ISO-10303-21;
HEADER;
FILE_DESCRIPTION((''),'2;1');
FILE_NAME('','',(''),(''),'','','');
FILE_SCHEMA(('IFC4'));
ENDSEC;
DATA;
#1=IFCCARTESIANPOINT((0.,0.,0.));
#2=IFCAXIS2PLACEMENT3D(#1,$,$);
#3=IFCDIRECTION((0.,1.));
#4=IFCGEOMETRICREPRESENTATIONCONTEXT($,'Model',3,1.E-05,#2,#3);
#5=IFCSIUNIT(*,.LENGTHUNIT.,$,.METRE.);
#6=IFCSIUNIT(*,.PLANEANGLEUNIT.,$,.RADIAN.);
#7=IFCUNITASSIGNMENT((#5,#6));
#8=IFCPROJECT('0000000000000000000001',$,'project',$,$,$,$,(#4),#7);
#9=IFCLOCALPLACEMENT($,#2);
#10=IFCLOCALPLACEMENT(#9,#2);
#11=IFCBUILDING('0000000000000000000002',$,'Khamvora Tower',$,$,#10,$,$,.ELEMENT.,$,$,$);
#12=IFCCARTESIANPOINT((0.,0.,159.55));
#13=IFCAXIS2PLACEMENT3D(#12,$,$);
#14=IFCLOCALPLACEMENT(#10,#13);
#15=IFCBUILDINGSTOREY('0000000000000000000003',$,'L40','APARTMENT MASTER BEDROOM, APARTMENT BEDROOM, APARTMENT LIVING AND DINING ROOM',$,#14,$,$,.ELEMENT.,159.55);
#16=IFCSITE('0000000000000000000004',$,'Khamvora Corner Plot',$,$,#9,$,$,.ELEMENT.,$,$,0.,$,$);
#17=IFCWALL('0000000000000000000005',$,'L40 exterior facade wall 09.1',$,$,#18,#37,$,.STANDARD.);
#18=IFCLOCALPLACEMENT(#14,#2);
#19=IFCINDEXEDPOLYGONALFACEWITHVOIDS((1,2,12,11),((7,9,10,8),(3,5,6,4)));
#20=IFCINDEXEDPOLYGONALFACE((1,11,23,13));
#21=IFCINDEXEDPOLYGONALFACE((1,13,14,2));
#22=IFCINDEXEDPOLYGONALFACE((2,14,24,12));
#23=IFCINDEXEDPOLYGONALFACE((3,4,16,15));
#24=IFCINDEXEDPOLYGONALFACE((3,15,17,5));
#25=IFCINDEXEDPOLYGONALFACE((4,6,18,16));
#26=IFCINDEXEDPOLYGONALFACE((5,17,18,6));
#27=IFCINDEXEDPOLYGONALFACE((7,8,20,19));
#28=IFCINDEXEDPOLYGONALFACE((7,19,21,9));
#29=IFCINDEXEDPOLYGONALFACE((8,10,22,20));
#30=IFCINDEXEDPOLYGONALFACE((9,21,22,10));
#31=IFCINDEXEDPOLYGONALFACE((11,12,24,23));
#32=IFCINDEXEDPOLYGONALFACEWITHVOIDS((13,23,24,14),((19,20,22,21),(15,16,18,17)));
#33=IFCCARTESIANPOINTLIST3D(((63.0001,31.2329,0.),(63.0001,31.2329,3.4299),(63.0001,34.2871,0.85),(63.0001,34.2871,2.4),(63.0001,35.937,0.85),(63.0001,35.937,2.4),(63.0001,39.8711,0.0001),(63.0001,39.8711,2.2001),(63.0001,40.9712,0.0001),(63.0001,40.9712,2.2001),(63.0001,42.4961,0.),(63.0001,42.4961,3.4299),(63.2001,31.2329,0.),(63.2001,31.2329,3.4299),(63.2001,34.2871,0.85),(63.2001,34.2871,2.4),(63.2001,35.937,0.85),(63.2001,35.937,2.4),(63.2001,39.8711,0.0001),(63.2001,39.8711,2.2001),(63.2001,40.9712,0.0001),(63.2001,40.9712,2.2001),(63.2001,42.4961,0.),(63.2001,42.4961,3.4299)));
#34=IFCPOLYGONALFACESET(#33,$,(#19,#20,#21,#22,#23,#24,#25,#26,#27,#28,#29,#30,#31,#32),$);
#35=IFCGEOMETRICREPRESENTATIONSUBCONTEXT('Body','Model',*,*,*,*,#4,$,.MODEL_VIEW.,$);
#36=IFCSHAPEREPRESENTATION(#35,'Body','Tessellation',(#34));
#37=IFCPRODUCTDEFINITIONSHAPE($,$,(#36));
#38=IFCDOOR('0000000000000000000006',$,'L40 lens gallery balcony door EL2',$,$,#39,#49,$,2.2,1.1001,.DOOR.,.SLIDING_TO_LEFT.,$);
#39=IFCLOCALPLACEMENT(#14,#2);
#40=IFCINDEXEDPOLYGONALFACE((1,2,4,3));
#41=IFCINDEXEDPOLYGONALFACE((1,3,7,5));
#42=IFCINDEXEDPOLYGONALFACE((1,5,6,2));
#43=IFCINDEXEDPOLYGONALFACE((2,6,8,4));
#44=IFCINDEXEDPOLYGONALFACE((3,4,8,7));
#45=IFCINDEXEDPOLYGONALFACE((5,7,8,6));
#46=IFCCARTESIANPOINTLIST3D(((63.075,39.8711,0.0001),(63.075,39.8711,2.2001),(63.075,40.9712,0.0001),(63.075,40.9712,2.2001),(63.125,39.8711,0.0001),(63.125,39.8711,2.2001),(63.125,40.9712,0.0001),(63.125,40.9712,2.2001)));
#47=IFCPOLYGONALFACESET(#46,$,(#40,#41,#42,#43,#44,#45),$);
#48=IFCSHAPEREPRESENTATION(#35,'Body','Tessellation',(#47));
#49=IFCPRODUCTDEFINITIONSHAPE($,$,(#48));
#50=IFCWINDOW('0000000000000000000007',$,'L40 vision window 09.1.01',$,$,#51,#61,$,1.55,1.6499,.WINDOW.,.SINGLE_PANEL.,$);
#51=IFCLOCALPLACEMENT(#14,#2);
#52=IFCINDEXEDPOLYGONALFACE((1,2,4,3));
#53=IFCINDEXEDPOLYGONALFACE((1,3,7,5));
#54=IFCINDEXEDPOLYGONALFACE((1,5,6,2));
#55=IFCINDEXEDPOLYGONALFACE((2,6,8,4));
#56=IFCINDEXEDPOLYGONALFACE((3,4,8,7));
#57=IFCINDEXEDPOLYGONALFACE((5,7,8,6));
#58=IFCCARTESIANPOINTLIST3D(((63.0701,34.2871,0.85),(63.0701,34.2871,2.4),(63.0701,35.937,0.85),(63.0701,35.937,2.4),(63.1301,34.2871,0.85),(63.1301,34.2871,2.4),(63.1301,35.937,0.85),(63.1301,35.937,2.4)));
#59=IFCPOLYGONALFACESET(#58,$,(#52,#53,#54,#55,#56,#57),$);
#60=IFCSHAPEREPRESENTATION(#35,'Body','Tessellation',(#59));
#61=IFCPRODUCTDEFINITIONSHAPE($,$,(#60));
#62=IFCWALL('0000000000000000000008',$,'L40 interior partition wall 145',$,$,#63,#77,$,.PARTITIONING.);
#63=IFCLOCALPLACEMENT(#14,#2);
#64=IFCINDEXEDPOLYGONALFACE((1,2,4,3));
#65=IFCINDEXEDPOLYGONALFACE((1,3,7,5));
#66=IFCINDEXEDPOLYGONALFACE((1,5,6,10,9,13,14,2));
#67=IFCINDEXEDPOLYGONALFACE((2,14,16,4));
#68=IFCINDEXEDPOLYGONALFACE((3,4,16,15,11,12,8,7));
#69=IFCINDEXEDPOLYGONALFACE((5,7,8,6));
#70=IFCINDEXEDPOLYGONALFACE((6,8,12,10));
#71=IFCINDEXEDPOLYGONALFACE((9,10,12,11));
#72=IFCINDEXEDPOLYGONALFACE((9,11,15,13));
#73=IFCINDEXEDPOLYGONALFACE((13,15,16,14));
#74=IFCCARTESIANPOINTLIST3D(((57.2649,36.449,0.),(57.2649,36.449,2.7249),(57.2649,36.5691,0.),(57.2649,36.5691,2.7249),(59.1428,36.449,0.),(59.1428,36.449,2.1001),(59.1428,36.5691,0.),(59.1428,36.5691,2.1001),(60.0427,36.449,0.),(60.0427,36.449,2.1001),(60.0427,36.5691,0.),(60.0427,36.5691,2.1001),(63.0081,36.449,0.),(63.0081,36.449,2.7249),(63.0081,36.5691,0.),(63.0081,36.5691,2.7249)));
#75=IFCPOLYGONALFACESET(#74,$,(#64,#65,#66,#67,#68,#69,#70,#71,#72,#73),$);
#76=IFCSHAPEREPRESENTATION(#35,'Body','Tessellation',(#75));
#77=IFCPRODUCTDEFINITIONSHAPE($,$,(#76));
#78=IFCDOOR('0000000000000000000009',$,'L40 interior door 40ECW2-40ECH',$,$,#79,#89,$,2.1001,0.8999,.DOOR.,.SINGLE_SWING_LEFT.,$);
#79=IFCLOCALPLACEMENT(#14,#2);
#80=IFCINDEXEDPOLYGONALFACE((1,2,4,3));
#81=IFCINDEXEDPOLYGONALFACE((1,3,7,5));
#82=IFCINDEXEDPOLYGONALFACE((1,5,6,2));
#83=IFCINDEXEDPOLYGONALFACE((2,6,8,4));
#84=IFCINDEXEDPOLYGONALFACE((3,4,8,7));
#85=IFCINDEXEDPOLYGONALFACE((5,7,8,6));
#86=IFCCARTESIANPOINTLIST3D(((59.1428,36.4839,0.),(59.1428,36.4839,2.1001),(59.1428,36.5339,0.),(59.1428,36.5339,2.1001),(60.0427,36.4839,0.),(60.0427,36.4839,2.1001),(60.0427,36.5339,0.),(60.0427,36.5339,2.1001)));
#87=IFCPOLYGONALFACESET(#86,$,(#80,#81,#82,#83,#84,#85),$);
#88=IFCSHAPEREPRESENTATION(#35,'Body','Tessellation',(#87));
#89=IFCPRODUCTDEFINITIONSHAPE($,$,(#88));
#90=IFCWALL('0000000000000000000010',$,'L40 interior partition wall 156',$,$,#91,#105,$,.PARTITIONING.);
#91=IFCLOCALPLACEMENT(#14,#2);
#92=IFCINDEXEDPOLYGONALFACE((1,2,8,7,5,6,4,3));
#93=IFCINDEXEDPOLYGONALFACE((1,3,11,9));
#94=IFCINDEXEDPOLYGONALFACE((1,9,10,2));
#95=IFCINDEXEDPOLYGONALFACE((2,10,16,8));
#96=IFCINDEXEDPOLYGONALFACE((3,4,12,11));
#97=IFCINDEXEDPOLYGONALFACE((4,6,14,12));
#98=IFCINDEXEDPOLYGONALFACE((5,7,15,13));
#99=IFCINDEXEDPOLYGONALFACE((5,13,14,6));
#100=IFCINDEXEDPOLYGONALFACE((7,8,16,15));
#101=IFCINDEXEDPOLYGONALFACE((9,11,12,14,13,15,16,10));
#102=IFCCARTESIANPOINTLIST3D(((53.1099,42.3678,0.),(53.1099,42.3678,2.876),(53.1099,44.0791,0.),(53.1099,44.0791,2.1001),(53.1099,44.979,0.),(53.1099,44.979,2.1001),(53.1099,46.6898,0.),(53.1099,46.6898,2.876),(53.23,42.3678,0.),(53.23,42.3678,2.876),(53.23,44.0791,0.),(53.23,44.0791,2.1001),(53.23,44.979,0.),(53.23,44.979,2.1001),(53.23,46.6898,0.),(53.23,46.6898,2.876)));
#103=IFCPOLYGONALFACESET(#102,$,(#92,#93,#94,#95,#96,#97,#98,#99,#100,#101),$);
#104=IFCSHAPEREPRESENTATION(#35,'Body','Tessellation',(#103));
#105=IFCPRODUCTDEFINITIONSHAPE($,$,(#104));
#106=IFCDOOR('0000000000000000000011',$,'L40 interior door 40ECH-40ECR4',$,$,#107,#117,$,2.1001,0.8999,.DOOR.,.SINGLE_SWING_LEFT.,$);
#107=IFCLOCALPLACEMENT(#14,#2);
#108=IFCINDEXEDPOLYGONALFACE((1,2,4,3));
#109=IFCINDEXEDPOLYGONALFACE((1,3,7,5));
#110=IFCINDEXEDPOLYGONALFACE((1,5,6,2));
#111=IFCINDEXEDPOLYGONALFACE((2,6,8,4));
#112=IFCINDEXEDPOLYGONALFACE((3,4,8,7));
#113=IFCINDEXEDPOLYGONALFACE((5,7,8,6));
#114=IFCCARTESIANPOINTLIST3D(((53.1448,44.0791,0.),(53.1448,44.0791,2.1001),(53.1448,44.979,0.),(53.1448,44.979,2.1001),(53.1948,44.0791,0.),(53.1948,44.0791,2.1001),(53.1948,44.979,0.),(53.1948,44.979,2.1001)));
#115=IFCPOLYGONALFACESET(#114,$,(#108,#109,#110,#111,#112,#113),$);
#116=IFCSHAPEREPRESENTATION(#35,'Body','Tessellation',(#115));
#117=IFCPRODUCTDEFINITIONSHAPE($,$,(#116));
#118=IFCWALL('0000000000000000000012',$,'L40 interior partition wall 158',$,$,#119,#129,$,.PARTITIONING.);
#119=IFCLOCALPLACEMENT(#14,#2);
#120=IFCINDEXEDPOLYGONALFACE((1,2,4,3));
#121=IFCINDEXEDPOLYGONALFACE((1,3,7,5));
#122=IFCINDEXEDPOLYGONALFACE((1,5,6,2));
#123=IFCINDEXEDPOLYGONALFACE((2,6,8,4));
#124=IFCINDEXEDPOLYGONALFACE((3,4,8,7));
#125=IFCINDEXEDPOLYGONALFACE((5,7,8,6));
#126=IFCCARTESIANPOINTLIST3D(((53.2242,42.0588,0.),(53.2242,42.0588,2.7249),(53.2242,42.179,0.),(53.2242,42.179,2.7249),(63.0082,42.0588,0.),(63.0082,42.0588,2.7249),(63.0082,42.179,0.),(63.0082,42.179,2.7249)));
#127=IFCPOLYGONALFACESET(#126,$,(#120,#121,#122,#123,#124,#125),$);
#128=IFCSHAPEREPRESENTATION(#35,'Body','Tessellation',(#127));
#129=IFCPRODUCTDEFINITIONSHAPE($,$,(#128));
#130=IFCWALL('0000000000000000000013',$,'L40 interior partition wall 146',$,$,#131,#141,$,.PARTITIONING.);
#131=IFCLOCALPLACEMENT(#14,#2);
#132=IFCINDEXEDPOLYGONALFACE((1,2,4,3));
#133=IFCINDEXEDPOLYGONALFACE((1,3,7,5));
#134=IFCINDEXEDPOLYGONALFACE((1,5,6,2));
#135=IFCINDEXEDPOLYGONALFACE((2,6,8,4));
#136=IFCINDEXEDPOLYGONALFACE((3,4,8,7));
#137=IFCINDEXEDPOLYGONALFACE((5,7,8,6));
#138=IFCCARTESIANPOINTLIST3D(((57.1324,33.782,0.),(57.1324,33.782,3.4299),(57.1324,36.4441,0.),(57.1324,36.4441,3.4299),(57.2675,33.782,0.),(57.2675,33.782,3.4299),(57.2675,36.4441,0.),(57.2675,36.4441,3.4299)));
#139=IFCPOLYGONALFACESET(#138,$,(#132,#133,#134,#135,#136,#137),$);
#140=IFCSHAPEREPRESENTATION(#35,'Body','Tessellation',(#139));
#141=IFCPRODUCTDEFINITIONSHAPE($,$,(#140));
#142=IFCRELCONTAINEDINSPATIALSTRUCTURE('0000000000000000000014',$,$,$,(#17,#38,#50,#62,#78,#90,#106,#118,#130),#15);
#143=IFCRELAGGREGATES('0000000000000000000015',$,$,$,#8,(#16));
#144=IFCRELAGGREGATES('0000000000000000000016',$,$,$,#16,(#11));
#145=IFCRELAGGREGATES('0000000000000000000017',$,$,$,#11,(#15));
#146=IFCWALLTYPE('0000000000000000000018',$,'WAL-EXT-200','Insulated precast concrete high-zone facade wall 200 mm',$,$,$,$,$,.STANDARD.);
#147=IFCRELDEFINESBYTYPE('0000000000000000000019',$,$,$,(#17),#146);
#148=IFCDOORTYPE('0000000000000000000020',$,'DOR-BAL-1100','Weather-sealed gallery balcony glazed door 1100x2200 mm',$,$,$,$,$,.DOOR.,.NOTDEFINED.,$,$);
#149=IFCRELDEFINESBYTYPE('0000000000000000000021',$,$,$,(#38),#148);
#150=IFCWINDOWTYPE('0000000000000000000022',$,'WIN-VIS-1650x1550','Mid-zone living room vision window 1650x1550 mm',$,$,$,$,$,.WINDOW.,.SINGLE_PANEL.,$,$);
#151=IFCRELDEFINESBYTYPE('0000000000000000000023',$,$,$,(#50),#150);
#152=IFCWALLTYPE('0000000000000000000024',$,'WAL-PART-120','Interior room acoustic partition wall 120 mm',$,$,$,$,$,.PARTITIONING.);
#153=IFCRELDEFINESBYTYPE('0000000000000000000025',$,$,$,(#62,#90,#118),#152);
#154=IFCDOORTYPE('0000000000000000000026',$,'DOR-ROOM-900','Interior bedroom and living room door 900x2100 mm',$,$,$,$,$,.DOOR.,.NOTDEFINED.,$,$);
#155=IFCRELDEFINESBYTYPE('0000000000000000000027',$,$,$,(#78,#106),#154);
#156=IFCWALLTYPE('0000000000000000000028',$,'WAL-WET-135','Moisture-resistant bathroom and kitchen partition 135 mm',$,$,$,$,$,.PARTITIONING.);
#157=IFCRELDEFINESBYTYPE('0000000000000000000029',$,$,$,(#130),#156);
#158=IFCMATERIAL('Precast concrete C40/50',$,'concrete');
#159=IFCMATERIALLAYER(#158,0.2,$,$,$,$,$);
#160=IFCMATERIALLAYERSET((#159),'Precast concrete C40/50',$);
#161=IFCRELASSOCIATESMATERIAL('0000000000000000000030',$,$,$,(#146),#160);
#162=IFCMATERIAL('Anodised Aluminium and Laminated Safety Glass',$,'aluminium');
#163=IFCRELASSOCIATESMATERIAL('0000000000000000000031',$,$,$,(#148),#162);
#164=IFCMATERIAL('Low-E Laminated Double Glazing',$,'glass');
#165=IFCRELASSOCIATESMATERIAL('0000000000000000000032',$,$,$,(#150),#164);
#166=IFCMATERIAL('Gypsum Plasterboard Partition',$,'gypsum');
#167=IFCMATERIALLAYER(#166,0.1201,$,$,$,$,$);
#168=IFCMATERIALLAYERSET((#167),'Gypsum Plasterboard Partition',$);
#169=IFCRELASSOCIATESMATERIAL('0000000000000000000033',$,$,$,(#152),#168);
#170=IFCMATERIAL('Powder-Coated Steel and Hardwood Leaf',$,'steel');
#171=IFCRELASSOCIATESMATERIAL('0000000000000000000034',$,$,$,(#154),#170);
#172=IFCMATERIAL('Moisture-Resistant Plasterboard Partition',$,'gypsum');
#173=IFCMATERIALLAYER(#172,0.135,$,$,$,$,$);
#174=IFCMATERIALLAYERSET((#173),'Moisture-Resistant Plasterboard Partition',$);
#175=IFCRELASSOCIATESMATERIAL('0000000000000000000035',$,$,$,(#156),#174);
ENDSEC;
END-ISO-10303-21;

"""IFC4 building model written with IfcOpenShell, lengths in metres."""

from ifc_helpers import new_model, si_unit, direction, frame, frame_2d, origin, place, context, subcontext, project, spatial, rectangle, extrude, material, layer, layer_set, type_object, element, fill, save


model = new_model("IFC4")

# Units and contexts
model_context = context("Model", 3, precision=1e-05, world=origin(), true_north=direction((0.0, 1.0)))
body_context = subcontext(model_context, "Body", "Model", "MODEL_VIEW")
ifc_project = project(units=[si_unit("LENGTHUNIT", "METRE"), si_unit("PLANEANGLEUNIT", "RADIAN")], contexts=[model_context])

# Site, building, storey
site_placement = place(None, origin())
site = spatial("IfcSite", under=ifc_project, at=site_placement, Name="Khamvora Corner Plot", CompositionType="ELEMENT", RefElevation=0.0)
building_placement = place(site_placement, origin())
building = spatial("IfcBuilding", under=site, at=building_placement, Name="Khamvora Tower", CompositionType="ELEMENT")
storey_placement = place(building_placement, frame((0.0, 0.0, 159.55)))
storey = spatial("IfcBuildingStorey", under=building, at=storey_placement, Name="L40", Description="APARTMENT MASTER BEDROOM, APARTMENT BEDROOM, APARTMENT LIVING AND DINING ROOM", CompositionType="ELEMENT", Elevation=159.55)

# Shared definitions
ifc_material_1 = material(Name="Low-E Laminated Double Glazing", Category="glass")

# Shared definitions
ifc_material_2 = material(Name="Precast concrete C40/50", Category="concrete")
ifc_layer_1 = layer(ifc_material_2, 0.2)
ifc_layer_set_1 = layer_set([ifc_layer_1], Name="Precast concrete C40/50")
wall_type_1 = type_object("IfcWallType", Name="WAL-EXT-200", Description="Insulated precast concrete high-zone facade wall 200 mm", PredefinedType="STANDARD", material=ifc_layer_set_1)

# Wall, openings, door, window
wall_1_placement = place(storey_placement, frame((63.1001, 42.4961, 0.0), z_axis=(0.0, 0.0, 1.0), x_axis=(0.0, -1.0, 0.0)))
wall_1 = element("IfcWall", 1, at=wall_1_placement, inside=storey, type_object=wall_type_1, Name="L40 exterior facade wall 09.1", PredefinedType="STANDARD", context=body_context, shape_type="SweptSolid", body=[
    extrude(rectangle(XDim=11.2632, YDim=0.2, at=frame_2d((5.6316, 0.0))), origin(), (0.0, 0.0, 1.0), 3.4299),
])
opening_1_placement = place(wall_1_placement, frame((1.5249, 0.0, 0.0)))
opening_1 = element("IfcOpeningElement", 2, at=opening_1_placement, cuts=wall_1, PredefinedType="OPENING", context=body_context, shape_type="SweptSolid", body=[
    extrude(rectangle(XDim=1.1001, YDim=2.2, at=frame_2d((0.55, 1.1001))), frame((0.0, 0.1099, 0.0), z_axis=(0.0, -1.0, 0.0), x_axis=(1.0, 0.0, 0.0)), (0.0, 0.0, 1.0), 0.22),
])
opening_2_placement = place(wall_1_placement, frame((6.5591, 0.0, 0.8501)))
opening_2 = element("IfcOpeningElement", 3, at=opening_2_placement, cuts=wall_1, PredefinedType="OPENING", context=body_context, shape_type="SweptSolid", body=[
    extrude(rectangle(XDim=1.6499, YDim=1.55, at=frame_2d((0.825, 0.7749))), frame((0.0, 0.1099, 0.0), z_axis=(0.0, -1.0, 0.0), x_axis=(1.0, 0.0, 0.0)), (0.0, 0.0, 1.0), 0.22),
])
ifc_material_3 = material(Name="Anodised Aluminium and Laminated Safety Glass", Category="aluminium")
door_type_1 = type_object("IfcDoorType", Name="DOR-BAL-1100", Description="Weather-sealed gallery balcony glazed door 1100x2200 mm", OperationType="NOTDEFINED", PredefinedType="DOOR", material=ifc_material_3)
door_1_placement = place(opening_1_placement, origin())
door_1 = element("IfcDoor", 4, at=door_1_placement, inside=storey, type_object=door_type_1, Name="L40 lens gallery balcony door EL2", OperationType="SLIDING_TO_LEFT", OverallHeight=2.2, OverallWidth=1.1001, PredefinedType="DOOR", context=body_context, shape_type="SweptSolid", body=[
    extrude(rectangle(XDim=1.1001, YDim=2.2, at=frame_2d((0.55, 1.1001))), frame((0.0, 0.0249, 0.0), z_axis=(0.0, -1.0, 0.0), x_axis=(1.0, 0.0, 0.0)), (0.0, 0.0, 1.0), 0.05),
])
fill(opening_1, door_1)
window_type = type_object("IfcWindowType", Name="WIN-VIS-1650x1550", Description="Mid-zone living room vision window 1650x1550 mm", PartitioningType="SINGLE_PANEL", PredefinedType="WINDOW", material=ifc_material_1)
window_placement = place(opening_2_placement, origin())
window = element("IfcWindow", 5, at=window_placement, inside=storey, type_object=window_type, Name="L40 vision window 09.1.01", OverallHeight=1.55, OverallWidth=1.6499, PartitioningType="SINGLE_PANEL", PredefinedType="WINDOW", context=body_context, shape_type="SweptSolid", body=[
    extrude(rectangle(XDim=1.6499, YDim=1.55, at=frame_2d((0.825, 0.7749))), frame((0.0, 0.03, 0.0), z_axis=(0.0, -1.0, 0.0), x_axis=(1.0, 0.0, 0.0)), (0.0, 0.0, 1.0), 0.0601),
])
fill(opening_2, window)

# Walls, openings, doors
ifc_material_4 = material(Name="Gypsum Plasterboard Partition", Category="gypsum")
ifc_layer_2 = layer(ifc_material_4, 0.1201)
ifc_layer_set_2 = layer_set([ifc_layer_2], Name="Gypsum Plasterboard Partition")
wall_type_2 = type_object("IfcWallType", Name="WAL-PART-120", Description="Interior room acoustic partition wall 120 mm", PredefinedType="PARTITIONING", material=ifc_layer_set_2)
wall_2_placement = place(storey_placement, frame((57.2649, 36.509, 0.0), z_axis=(0.0, 0.0, 1.0), x_axis=(1.0, 0.0, 0.0)))
wall_2 = element("IfcWall", 6, at=wall_2_placement, inside=storey, type_object=wall_type_2, Name="L40 interior partition wall 145", PredefinedType="PARTITIONING", context=body_context, shape_type="SweptSolid", body=[
    extrude(rectangle(XDim=5.7432, YDim=0.1201, at=frame_2d((2.8716, 0.0))), origin(), (0.0, 0.0, 1.0), 2.7249),
])
opening_3_placement = place(wall_2_placement, frame((1.8779, 0.0, 0.0)))
opening_3 = element("IfcOpeningElement", 7, at=opening_3_placement, cuts=wall_2, PredefinedType="OPENING", context=body_context, shape_type="SweptSolid", body=[
    extrude(rectangle(XDim=0.8999, YDim=2.1001, at=frame_2d((0.45, 1.05))), frame((0.0, 0.0701, 0.0), z_axis=(0.0, -1.0, 0.0), x_axis=(1.0, 0.0, 0.0)), (0.0, 0.0, 1.0), 0.1401),
])
ifc_material_5 = material(Name="Powder-Coated Steel and Hardwood Leaf", Category="steel")
door_type_2 = type_object("IfcDoorType", Name="DOR-ROOM-900", Description="Interior bedroom and living room door 900x2100 mm", OperationType="NOTDEFINED", PredefinedType="DOOR", material=ifc_material_5)
door_2_placement = place(opening_3_placement, origin())
door_2 = element("IfcDoor", 8, at=door_2_placement, inside=storey, type_object=door_type_2, Name="L40 interior door 40ECW2-40ECH", OperationType="SINGLE_SWING_LEFT", OverallHeight=2.1001, OverallWidth=0.8999, PredefinedType="DOOR", context=body_context, shape_type="SweptSolid", body=[
    extrude(rectangle(XDim=0.8999, YDim=2.1001, at=frame_2d((0.45, 1.05))), frame((0.0, 0.0249, 0.0), z_axis=(0.0, -1.0, 0.0), x_axis=(1.0, 0.0, 0.0)), (0.0, 0.0, 1.0), 0.05),
])
fill(opening_3, door_2)
wall_3_placement = place(storey_placement, frame((53.1699, 46.6899, 0.0), z_axis=(0.0, 0.0, 1.0), x_axis=(0.0, -1.0, 0.0)))
wall_3 = element("IfcWall", 9, at=wall_3_placement, inside=storey, type_object=wall_type_2, Name="L40 interior partition wall 156", PredefinedType="PARTITIONING", context=body_context, shape_type="SweptSolid", body=[
    extrude(rectangle(XDim=4.322, YDim=0.1201, at=frame_2d((2.1611, 0.0))), origin(), (0.0, 0.0, 1.0), 2.876),
])
opening_4_placement = place(wall_3_placement, frame((1.7109, 0.0, 0.0)))
opening_4 = element("IfcOpeningElement", 10, at=opening_4_placement, cuts=wall_3, PredefinedType="OPENING", context=body_context, shape_type="SweptSolid", body=[
    extrude(rectangle(XDim=0.8999, YDim=2.1001, at=frame_2d((0.45, 1.05))), frame((0.0, 0.0701, 0.0), z_axis=(0.0, -1.0, 0.0), x_axis=(1.0, 0.0, 0.0)), (0.0, 0.0, 1.0), 0.1401),
])
door_3_placement = place(opening_4_placement, origin())
door_3 = element("IfcDoor", 11, at=door_3_placement, inside=storey, type_object=door_type_2, Name="L40 interior door 40ECH-40ECR4", OperationType="SINGLE_SWING_LEFT", OverallHeight=2.1001, OverallWidth=0.8999, PredefinedType="DOOR", context=body_context, shape_type="SweptSolid", body=[
    extrude(rectangle(XDim=0.8999, YDim=2.1001, at=frame_2d((0.45, 1.05))), frame((0.0, 0.0249, 0.0), z_axis=(0.0, -1.0, 0.0), x_axis=(1.0, 0.0, 0.0)), (0.0, 0.0, 1.0), 0.05),
])
fill(opening_4, door_3)

# Walls
wall_4_placement = place(storey_placement, frame((53.2241, 42.1189, 0.0), z_axis=(0.0, 0.0, 1.0), x_axis=(1.0, 0.0, 0.0)))
element("IfcWall", 12, at=wall_4_placement, inside=storey, type_object=wall_type_2, Name="L40 interior partition wall 158", PredefinedType="PARTITIONING", context=body_context, shape_type="SweptSolid", body=[
    extrude(rectangle(XDim=9.7839, YDim=0.1201, at=frame_2d((4.8921, 0.0))), origin(), (0.0, 0.0, 1.0), 2.7249),
])
ifc_material_6 = material(Name="Moisture-Resistant Plasterboard Partition", Category="gypsum")
ifc_layer_3 = layer(ifc_material_6, 0.135)
ifc_layer_set_3 = layer_set([ifc_layer_3], Name="Moisture-Resistant Plasterboard Partition")
wall_type_3 = type_object("IfcWallType", Name="WAL-WET-135", Description="Moisture-resistant bathroom and kitchen partition 135 mm", PredefinedType="PARTITIONING", material=ifc_layer_set_3)
wall_5_placement = place(storey_placement, frame((57.2, 33.782, 0.0), z_axis=(0.0, 0.0, 1.0), x_axis=(0.0, 1.0, 0.0)))
element("IfcWall", 13, at=wall_5_placement, inside=storey, type_object=wall_type_3, Name="L40 interior partition wall 146", PredefinedType="PARTITIONING", context=body_context, shape_type="SweptSolid", body=[
    extrude(rectangle(XDim=2.6621, YDim=0.135, at=frame_2d((1.3311, 0.0))), origin(), (0.0, 0.0, 1.0), 3.4299),
])

save(model, "model.ifc")
